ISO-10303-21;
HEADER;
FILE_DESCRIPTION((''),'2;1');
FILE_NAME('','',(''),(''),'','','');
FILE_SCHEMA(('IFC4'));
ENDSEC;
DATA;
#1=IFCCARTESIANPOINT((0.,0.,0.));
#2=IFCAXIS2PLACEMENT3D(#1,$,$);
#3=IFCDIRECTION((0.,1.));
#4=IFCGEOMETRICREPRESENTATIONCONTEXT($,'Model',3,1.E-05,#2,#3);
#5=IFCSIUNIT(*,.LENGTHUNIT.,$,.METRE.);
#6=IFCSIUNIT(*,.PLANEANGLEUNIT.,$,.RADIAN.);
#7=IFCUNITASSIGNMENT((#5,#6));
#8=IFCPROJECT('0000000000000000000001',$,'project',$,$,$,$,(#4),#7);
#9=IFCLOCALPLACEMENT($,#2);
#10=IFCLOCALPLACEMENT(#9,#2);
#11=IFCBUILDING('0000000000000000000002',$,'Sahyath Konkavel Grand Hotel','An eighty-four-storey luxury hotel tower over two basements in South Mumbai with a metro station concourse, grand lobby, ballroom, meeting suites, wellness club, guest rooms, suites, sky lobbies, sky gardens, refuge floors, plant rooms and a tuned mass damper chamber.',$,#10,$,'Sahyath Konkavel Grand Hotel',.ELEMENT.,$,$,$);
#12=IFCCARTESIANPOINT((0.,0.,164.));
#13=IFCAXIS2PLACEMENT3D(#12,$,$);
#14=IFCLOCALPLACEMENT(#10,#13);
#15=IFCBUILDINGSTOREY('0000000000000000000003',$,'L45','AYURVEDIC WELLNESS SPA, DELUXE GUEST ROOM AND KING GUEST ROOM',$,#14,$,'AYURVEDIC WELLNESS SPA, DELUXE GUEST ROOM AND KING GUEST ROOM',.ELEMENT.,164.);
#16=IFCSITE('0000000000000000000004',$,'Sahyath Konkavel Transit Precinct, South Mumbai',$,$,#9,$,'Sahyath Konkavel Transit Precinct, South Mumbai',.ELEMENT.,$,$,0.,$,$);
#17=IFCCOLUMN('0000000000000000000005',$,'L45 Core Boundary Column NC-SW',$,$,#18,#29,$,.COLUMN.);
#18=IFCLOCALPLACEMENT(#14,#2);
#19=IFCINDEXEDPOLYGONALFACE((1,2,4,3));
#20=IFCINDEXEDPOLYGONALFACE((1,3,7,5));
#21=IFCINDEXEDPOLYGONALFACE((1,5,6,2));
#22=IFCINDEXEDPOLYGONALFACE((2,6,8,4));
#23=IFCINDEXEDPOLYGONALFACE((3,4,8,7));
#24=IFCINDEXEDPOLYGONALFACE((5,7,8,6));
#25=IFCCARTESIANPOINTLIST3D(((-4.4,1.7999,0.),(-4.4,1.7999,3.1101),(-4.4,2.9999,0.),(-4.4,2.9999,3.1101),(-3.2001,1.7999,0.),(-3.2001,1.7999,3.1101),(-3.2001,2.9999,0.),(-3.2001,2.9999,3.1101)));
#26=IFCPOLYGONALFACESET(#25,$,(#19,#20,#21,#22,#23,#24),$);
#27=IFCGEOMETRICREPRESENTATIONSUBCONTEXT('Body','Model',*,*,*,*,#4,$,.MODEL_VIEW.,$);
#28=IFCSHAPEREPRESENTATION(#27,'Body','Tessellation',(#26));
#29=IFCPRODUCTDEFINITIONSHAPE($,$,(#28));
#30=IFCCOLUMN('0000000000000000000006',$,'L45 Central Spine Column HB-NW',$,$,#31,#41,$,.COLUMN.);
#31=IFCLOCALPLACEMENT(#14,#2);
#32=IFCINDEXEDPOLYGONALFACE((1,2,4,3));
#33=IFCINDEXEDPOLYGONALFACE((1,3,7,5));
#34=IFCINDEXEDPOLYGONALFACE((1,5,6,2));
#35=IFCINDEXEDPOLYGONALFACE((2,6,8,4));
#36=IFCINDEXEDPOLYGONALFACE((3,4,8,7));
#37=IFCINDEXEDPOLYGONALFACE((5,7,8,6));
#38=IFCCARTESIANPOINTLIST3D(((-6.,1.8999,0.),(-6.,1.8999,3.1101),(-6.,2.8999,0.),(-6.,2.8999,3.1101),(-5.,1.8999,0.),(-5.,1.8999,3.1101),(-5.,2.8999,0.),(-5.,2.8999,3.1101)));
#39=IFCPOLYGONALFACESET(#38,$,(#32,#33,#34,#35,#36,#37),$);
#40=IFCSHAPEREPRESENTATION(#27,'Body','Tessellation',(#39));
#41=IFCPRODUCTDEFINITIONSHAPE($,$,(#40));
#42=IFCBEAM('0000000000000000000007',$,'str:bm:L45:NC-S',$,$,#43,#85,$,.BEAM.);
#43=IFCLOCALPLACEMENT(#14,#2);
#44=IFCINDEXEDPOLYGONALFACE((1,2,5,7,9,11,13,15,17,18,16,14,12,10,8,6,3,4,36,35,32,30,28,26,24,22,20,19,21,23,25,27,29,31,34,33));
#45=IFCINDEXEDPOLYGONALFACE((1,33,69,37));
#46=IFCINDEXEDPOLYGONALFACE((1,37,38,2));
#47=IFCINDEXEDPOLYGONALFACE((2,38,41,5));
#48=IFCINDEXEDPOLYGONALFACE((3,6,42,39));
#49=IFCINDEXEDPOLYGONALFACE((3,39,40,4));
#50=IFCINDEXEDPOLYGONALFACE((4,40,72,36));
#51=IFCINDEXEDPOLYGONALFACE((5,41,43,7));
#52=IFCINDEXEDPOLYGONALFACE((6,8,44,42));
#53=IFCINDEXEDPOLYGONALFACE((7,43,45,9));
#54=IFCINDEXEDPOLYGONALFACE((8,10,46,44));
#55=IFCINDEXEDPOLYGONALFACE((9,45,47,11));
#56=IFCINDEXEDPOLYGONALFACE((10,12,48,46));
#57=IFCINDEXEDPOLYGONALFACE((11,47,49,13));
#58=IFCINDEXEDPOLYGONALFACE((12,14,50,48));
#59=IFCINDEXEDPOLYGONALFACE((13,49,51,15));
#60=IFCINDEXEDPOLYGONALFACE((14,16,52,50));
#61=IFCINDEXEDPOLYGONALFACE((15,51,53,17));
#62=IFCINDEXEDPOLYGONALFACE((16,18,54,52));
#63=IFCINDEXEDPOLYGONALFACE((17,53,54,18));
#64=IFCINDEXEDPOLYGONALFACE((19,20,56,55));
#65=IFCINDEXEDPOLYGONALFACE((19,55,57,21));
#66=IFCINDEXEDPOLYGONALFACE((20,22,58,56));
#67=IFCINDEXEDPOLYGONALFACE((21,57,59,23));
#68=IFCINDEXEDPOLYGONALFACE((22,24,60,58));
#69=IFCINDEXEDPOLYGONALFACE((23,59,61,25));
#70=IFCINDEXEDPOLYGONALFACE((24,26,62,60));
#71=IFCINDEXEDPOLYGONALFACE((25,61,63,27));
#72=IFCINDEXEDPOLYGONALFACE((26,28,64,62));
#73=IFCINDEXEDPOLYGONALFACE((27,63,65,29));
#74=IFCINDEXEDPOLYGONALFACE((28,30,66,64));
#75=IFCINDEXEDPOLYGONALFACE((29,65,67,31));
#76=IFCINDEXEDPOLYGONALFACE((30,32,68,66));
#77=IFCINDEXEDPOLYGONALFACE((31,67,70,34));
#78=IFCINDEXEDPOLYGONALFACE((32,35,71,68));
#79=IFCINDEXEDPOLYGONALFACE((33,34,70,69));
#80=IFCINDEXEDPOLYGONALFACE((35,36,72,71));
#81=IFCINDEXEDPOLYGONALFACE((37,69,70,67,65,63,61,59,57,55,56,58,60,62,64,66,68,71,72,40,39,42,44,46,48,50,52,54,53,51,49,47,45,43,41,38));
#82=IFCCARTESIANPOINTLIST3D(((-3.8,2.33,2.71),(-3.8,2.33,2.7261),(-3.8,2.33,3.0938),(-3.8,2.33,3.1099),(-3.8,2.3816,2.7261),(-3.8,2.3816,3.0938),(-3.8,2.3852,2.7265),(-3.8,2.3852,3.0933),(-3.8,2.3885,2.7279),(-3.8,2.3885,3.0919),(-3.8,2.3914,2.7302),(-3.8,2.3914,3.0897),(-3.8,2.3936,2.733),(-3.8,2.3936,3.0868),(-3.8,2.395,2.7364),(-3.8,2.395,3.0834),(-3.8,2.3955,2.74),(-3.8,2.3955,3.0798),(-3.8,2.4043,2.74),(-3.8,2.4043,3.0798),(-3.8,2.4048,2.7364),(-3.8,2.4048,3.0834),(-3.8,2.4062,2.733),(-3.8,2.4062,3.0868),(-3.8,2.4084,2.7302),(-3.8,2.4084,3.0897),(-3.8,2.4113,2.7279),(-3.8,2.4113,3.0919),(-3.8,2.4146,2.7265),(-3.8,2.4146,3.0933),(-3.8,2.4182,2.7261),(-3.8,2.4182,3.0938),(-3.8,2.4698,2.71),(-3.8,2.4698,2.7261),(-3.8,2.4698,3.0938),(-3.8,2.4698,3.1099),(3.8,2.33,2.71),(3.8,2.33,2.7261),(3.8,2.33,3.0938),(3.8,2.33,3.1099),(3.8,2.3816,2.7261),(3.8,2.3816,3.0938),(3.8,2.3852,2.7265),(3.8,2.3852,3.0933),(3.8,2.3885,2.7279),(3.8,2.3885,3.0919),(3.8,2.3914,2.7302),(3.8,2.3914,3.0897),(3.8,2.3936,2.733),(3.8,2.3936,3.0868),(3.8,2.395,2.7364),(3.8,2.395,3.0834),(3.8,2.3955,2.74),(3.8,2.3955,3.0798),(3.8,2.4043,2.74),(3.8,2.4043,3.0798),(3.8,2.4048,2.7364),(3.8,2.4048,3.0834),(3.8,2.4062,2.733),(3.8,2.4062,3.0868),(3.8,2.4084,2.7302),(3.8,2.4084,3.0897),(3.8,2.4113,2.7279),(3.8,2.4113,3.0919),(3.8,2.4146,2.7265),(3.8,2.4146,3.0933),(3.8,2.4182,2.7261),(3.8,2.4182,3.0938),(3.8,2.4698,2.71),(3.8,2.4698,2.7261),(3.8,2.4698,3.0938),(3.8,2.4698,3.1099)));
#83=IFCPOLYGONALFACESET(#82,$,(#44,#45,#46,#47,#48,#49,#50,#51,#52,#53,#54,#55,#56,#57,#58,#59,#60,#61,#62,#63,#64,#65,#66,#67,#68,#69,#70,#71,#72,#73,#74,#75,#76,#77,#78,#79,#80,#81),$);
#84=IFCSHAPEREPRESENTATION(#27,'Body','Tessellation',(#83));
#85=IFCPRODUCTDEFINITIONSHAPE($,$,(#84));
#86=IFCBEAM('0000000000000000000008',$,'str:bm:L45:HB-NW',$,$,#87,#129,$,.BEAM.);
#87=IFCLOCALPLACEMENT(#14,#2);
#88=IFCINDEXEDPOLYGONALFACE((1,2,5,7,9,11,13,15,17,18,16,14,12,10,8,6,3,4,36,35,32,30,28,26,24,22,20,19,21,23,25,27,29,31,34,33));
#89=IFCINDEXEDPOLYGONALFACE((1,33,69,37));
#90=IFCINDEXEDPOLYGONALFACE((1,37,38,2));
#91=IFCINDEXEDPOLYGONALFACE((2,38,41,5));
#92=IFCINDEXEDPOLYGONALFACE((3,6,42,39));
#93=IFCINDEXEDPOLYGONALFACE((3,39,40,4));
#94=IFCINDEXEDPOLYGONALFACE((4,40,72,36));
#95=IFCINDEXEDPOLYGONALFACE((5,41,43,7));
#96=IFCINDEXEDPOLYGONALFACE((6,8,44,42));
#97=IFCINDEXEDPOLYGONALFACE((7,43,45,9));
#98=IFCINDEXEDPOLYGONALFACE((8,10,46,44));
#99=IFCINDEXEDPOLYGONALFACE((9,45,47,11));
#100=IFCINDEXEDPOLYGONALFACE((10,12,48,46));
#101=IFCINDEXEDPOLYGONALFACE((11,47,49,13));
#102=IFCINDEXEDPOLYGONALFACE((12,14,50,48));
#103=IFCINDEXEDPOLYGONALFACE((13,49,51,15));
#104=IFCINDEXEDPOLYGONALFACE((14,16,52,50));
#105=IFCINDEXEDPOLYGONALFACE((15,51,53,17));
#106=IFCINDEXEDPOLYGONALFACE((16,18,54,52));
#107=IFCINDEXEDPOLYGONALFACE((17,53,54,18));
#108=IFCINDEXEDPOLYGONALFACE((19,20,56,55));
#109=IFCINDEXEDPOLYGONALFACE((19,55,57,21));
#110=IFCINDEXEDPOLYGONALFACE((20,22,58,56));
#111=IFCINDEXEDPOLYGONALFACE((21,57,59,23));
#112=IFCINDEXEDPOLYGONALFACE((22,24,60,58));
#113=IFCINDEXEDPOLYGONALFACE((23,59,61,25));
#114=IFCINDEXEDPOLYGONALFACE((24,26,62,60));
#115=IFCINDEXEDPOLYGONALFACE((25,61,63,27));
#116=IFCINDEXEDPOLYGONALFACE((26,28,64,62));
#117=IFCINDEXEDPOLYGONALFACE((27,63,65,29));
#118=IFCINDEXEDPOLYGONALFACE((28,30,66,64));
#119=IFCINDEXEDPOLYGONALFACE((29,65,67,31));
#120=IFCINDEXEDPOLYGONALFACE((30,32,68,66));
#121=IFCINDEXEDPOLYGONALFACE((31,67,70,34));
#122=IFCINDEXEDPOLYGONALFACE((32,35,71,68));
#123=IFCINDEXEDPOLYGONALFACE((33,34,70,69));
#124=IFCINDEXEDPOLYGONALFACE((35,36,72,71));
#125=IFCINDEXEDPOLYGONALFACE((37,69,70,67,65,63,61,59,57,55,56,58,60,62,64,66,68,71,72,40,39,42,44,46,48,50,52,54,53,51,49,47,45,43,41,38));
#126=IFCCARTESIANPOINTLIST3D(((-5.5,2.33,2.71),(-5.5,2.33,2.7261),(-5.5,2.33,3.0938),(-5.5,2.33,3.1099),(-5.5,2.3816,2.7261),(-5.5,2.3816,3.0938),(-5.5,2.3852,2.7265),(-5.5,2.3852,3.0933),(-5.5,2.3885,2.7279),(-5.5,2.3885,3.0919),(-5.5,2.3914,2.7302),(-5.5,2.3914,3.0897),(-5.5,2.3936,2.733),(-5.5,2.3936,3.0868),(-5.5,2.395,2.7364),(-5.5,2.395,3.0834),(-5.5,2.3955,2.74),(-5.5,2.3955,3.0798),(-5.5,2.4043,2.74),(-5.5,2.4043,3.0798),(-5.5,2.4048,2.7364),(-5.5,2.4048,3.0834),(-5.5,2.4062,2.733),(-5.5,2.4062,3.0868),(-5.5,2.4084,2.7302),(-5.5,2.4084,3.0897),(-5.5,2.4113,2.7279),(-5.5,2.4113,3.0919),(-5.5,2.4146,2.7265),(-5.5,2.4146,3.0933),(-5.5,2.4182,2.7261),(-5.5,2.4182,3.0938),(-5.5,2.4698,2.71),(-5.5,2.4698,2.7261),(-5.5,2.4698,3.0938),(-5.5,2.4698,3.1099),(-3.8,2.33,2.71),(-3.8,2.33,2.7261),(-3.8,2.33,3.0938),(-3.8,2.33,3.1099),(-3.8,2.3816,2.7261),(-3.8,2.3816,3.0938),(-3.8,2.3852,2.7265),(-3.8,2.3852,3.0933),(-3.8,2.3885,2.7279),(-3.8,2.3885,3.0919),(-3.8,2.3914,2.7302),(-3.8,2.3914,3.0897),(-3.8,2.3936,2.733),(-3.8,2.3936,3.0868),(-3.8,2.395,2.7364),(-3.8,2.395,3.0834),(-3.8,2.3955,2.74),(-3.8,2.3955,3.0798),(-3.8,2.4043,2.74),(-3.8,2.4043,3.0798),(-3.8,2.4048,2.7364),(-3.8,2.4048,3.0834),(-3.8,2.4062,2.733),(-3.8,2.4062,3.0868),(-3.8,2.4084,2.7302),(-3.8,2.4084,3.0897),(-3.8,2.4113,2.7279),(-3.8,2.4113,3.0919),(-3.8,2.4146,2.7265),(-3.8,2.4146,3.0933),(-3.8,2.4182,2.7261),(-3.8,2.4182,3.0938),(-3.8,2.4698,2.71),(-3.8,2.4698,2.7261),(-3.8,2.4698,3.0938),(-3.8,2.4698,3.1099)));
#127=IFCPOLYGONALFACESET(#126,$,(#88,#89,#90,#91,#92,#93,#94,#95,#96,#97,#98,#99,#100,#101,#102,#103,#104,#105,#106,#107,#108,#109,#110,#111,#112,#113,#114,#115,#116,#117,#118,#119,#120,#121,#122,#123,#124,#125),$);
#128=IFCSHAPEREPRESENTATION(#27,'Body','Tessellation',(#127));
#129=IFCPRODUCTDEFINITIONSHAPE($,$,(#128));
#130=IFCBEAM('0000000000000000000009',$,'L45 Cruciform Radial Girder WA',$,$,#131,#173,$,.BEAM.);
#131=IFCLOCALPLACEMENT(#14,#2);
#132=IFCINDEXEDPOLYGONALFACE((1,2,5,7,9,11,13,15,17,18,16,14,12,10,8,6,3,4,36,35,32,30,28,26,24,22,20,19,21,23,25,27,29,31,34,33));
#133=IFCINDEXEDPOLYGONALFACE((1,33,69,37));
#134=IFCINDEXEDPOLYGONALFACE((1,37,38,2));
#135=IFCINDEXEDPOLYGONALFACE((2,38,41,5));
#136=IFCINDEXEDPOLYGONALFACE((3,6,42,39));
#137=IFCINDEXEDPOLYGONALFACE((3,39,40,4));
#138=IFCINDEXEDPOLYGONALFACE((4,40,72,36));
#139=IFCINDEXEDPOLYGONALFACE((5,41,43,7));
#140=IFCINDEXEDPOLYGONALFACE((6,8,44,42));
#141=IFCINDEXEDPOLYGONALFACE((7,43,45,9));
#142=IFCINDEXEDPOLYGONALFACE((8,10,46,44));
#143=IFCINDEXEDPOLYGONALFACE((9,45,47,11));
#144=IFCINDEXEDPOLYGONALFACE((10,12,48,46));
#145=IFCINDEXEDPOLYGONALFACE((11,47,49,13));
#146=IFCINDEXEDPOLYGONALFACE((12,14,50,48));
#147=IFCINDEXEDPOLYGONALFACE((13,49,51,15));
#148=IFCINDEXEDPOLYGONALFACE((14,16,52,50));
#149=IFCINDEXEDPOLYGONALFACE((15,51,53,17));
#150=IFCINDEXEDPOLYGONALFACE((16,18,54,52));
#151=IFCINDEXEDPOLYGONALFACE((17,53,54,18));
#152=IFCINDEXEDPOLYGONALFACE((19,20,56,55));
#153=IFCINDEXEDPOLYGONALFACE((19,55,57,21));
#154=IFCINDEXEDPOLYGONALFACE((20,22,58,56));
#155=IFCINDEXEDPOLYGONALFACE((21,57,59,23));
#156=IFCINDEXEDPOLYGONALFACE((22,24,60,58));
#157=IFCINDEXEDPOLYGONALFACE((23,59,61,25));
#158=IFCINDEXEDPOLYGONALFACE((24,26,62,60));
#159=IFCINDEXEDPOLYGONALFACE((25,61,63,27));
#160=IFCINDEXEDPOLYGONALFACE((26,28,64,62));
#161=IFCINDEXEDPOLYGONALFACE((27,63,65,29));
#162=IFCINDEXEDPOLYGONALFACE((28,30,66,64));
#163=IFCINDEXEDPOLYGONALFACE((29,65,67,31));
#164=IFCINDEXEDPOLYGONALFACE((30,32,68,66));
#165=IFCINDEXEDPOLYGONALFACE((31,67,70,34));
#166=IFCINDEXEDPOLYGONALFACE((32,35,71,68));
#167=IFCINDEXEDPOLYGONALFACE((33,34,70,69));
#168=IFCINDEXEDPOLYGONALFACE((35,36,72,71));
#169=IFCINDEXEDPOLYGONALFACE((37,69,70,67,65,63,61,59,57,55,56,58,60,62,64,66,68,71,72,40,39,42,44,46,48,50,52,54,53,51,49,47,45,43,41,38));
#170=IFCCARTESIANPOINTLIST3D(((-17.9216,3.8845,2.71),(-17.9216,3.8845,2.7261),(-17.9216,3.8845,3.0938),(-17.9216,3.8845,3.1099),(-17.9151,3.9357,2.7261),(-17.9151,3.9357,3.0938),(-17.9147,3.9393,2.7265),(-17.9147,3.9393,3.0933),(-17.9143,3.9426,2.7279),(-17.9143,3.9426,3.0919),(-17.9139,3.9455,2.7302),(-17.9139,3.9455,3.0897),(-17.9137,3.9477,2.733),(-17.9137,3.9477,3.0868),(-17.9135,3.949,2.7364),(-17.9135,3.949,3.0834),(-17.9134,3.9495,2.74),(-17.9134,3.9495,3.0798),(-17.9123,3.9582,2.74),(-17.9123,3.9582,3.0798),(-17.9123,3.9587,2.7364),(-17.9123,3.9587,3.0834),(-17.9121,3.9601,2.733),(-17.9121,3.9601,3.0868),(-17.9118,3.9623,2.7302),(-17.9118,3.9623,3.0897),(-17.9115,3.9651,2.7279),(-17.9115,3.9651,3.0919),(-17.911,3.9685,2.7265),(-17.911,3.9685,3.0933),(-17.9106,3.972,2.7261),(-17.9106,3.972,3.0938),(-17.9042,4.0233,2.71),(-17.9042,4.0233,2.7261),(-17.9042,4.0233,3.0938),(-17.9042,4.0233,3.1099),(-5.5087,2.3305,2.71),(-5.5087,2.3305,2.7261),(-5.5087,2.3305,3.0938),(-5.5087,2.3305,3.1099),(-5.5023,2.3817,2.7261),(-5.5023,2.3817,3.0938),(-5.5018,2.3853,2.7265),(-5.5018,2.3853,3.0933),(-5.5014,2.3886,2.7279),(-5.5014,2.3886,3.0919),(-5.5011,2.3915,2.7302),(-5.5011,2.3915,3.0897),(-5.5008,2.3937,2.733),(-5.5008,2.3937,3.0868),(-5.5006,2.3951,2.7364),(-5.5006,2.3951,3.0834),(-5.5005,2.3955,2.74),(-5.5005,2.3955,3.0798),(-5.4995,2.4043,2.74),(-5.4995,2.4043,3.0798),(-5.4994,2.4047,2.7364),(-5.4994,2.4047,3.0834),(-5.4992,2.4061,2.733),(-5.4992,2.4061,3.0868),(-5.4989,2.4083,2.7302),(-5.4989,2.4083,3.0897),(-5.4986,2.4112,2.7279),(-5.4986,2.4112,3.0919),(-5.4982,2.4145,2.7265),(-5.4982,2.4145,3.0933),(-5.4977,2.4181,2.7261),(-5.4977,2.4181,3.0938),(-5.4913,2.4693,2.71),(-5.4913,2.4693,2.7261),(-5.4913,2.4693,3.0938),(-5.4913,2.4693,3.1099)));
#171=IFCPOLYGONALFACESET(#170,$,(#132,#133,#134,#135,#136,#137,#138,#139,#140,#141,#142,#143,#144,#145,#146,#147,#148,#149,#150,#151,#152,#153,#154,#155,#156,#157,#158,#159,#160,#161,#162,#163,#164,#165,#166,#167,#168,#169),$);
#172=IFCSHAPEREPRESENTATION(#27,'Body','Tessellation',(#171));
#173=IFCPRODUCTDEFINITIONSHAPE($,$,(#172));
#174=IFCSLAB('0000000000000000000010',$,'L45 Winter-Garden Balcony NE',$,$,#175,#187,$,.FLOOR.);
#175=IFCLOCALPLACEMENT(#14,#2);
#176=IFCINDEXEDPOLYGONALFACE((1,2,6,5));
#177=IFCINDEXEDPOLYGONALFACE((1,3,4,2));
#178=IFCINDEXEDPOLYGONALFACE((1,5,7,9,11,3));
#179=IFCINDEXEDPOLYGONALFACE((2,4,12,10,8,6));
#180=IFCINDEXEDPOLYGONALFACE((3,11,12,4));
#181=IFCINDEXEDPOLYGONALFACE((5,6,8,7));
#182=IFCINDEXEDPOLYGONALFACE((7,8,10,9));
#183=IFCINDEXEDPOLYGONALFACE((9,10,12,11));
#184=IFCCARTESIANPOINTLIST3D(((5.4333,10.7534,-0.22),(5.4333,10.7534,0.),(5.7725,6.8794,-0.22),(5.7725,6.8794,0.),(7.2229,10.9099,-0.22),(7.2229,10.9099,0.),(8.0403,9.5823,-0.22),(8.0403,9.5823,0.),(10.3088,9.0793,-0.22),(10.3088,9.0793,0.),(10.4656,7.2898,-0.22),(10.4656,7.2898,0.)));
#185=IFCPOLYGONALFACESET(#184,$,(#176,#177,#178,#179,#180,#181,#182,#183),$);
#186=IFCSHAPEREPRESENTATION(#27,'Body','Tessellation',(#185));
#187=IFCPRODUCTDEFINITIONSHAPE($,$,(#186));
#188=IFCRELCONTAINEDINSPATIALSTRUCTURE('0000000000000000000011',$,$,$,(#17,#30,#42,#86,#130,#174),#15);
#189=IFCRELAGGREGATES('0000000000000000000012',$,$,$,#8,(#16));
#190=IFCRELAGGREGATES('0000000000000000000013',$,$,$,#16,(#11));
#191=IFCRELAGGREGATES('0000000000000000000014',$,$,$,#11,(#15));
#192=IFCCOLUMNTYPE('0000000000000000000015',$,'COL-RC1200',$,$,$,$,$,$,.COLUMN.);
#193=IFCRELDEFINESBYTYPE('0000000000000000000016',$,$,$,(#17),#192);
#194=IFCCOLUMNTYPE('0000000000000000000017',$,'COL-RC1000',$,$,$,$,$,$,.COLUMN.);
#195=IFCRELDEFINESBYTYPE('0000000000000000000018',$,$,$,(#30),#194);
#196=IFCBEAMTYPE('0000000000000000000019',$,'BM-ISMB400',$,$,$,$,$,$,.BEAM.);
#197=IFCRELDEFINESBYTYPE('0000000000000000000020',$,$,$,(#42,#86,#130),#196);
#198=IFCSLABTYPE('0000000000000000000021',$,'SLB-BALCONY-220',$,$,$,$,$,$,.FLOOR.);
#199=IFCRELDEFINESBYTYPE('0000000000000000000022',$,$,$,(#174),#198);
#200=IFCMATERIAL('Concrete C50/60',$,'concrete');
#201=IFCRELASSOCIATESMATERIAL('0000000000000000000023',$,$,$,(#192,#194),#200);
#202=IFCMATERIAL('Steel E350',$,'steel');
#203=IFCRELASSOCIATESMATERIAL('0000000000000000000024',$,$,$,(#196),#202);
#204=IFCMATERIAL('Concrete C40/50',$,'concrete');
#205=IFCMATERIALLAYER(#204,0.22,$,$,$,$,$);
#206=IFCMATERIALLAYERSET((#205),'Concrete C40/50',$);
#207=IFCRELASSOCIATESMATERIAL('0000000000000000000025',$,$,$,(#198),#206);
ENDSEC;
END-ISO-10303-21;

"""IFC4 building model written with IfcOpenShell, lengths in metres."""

from ifc_helpers import new_model, si_unit, direction, frame, origin, origin_2d, place, context, subcontext, project, spatial, polyline, rectangle, i_section, outline, extrude, source, transform, mapped, material, layer, layer_set, material_profile, profile_set, type_object, element, save


model = new_model("IFC4")

# Units and contexts
model_context = context("Model", 3, precision=1e-05, world=origin(), true_north=direction((0.0, 1.0)))
body_context = subcontext(model_context, "Body", "Model", "MODEL_VIEW")
ifc_project = project(units=[si_unit("LENGTHUNIT", "METRE"), si_unit("PLANEANGLEUNIT", "RADIAN")], contexts=[model_context])

# Site, building, storey
site_placement = place(None, origin())
site = spatial("IfcSite", under=ifc_project, at=site_placement, Name="Sahyath Konkavel Transit Precinct, South Mumbai", LongName="Sahyath Konkavel Transit Precinct, South Mumbai", CompositionType="ELEMENT", RefElevation=0.0)
building_placement = place(site_placement, origin())
building = spatial("IfcBuilding", under=site, at=building_placement, Name="Sahyath Konkavel Grand Hotel", Description="An eighty-four-storey luxury hotel tower over two basements in South Mumbai with a metro station concourse, grand lobby, ballroom, meeting suites, wellness club, guest rooms, suites, sky lobbies, sky gardens, refuge floors, plant rooms and a tuned mass damper chamber.", LongName="Sahyath Konkavel Grand Hotel", CompositionType="ELEMENT")
storey_placement = place(building_placement, frame((0.0, 0.0, 164.0)))
storey = spatial("IfcBuildingStorey", under=building, at=storey_placement, Name="L45", Description="AYURVEDIC WELLNESS SPA, DELUXE GUEST ROOM AND KING GUEST ROOM", LongName="AYURVEDIC WELLNESS SPA, DELUXE GUEST ROOM AND KING GUEST ROOM", CompositionType="ELEMENT", Elevation=164.0)

# Columns
ifc_material_1 = material(Name="Concrete C50/60", Category="concrete")
ifc_material_profile_1 = material_profile(ifc_material_1, rectangle(XDim=1.2, YDim=1.2, at=origin_2d()), Name="RC 1200x1200")
ifc_profile_set_1 = profile_set([ifc_material_profile_1], Name="Concrete C50/60")
column_type_1 = type_object("IfcColumnType", Name="COL-RC1200", PredefinedType="COLUMN", material=ifc_profile_set_1)
shared_shape_1 = source(origin(), body_context, "Body", "SweptSolid", [
    extrude(rectangle(XDim=1.2, YDim=1.2, at=origin_2d()), origin(), (0.0, 0.0, 1.0), 3.1101),
])
column_1_placement = place(storey_placement, frame((-3.8, 2.3999, 0.0), z_axis=(0.0, 0.0, 1.0), x_axis=(1.0, 0.0, 0.0)))
element("IfcColumn", 1, at=column_1_placement, inside=storey, type_object=column_type_1, Name="L45 Core Boundary Column NC-SW", PredefinedType="COLUMN", context=body_context, shape_type="MappedRepresentation", body=[
    mapped(shared_shape_1, transform((0.0, 0.0, 0.0), scale=1.0)),
])
ifc_material_profile_2 = material_profile(ifc_material_1, rectangle(XDim=1.0, YDim=1.0, at=origin_2d()), Name="RC 1000x1000")
ifc_profile_set_2 = profile_set([ifc_material_profile_2], Name="Concrete C50/60")
column_type_2 = type_object("IfcColumnType", Name="COL-RC1000", PredefinedType="COLUMN", material=ifc_profile_set_2)
shared_shape_2 = source(origin(), body_context, "Body", "SweptSolid", [
    extrude(rectangle(XDim=1.0, YDim=1.0, at=origin_2d()), origin(), (0.0, 0.0, 1.0), 3.1101),
])
column_2_placement = place(storey_placement, frame((-5.5, 2.3999, 0.0), z_axis=(0.0, 0.0, 1.0), x_axis=(1.0, 0.0, 0.0)))
element("IfcColumn", 2, at=column_2_placement, inside=storey, type_object=column_type_2, Name="L45 Central Spine Column HB-NW", PredefinedType="COLUMN", context=body_context, shape_type="MappedRepresentation", body=[
    mapped(shared_shape_2, transform((0.0, 0.0, 0.0), scale=1.0)),
])

# Beams
ifc_material_2 = material(Name="Steel E350", Category="steel")
ifc_material_profile_3 = material_profile(ifc_material_2, i_section(OverallWidth=0.1399, OverallDepth=0.3999, WebThickness=0.0088, FlangeThickness=0.0161, FilletRadius=0.0139, at=origin_2d()), Name="ISMB 400")
ifc_profile_set_3 = profile_set([ifc_material_profile_3], Name="Steel E350")
beam_type = type_object("IfcBeamType", Name="BM-ISMB400", PredefinedType="BEAM", material=ifc_profile_set_3)
shared_shape_3 = source(origin(), body_context, "Body", "SweptSolid", [
    extrude(i_section(OverallWidth=0.1399, OverallDepth=0.3999, WebThickness=0.0088, FlangeThickness=0.0161, FilletRadius=0.0139, at=origin_2d()), origin(), (0.0, 0.0, 1.0), 7.6001),
])
beam_1_placement = place(storey_placement, frame((-3.8, 2.3999, 2.9099), z_axis=(1.0, 0.0, 0.0), x_axis=(0.0, 1.0, 0.0)))
element("IfcBeam", 3, at=beam_1_placement, inside=storey, type_object=beam_type, Name="str:bm:L45:NC-S", PredefinedType="BEAM", context=body_context, shape_type="MappedRepresentation", body=[
    mapped(shared_shape_3, transform((0.0, 0.0, 0.0), scale=1.0)),
])
shared_shape_4 = source(origin(), body_context, "Body", "SweptSolid", [
    extrude(i_section(OverallWidth=0.1399, OverallDepth=0.3999, WebThickness=0.0088, FlangeThickness=0.0161, FilletRadius=0.0139, at=origin_2d()), origin(), (0.0, 0.0, 1.0), 1.7),
])
beam_2_placement = place(storey_placement, frame((-5.5, 2.3999, 2.9099), z_axis=(1.0, 0.0, 0.0), x_axis=(0.0, 1.0, 0.0)))
element("IfcBeam", 4, at=beam_2_placement, inside=storey, type_object=beam_type, Name="str:bm:L45:HB-NW", PredefinedType="BEAM", context=body_context, shape_type="MappedRepresentation", body=[
    mapped(shared_shape_4, transform((0.0, 0.0, 0.0), scale=1.0)),
])
shared_shape_5 = source(origin(), body_context, "Body", "SweptSolid", [
    extrude(i_section(OverallWidth=0.1399, OverallDepth=0.3999, WebThickness=0.0088, FlangeThickness=0.0161, FilletRadius=0.0139, at=origin_2d()), origin(), (0.0, 0.0, 1.0), 12.5098),
])
beam_3_placement = place(storey_placement, frame((-5.5, 2.3999, 2.9099), z_axis=(-0.992255, 0.12422, 0.0), x_axis=(-0.12422, -0.992255, 0.0)))
element("IfcBeam", 5, at=beam_3_placement, inside=storey, type_object=beam_type, Name="L45 Cruciform Radial Girder WA", PredefinedType="BEAM", context=body_context, shape_type="MappedRepresentation", body=[
    mapped(shared_shape_5, transform((0.0, 0.0, 0.0), scale=1.0)),
])

# Slab
ifc_material_3 = material(Name="Concrete C40/50", Category="concrete")
ifc_layer_1 = layer(ifc_material_3, 0.22)
ifc_layer_set_1 = layer_set([ifc_layer_1], Name="Concrete C40/50")
slab_type_1 = type_object("IfcSlabType", Name="SLB-BALCONY-220", PredefinedType="FLOOR", material=ifc_layer_set_1)
slab_1_placement = place(storey_placement, frame((0.0, 0.0, -0.22)))
element("IfcSlab", 6, at=slab_1_placement, inside=storey, type_object=slab_type_1, Name="L45 Winter-Garden Balcony NE", PredefinedType="FLOOR", context=body_context, shape_type="SweptSolid", body=[
    extrude(outline(polyline([(5.7725, 6.8794), (10.4656, 7.2898), (10.3088, 9.0793), (8.0403, 9.5823), (7.2229, 10.9099), (5.4333, 10.7534), (5.7725, 6.8794)])), origin(), (0.0, 0.0, 1.0), 0.22),
])

save(model, "model.ifc")
